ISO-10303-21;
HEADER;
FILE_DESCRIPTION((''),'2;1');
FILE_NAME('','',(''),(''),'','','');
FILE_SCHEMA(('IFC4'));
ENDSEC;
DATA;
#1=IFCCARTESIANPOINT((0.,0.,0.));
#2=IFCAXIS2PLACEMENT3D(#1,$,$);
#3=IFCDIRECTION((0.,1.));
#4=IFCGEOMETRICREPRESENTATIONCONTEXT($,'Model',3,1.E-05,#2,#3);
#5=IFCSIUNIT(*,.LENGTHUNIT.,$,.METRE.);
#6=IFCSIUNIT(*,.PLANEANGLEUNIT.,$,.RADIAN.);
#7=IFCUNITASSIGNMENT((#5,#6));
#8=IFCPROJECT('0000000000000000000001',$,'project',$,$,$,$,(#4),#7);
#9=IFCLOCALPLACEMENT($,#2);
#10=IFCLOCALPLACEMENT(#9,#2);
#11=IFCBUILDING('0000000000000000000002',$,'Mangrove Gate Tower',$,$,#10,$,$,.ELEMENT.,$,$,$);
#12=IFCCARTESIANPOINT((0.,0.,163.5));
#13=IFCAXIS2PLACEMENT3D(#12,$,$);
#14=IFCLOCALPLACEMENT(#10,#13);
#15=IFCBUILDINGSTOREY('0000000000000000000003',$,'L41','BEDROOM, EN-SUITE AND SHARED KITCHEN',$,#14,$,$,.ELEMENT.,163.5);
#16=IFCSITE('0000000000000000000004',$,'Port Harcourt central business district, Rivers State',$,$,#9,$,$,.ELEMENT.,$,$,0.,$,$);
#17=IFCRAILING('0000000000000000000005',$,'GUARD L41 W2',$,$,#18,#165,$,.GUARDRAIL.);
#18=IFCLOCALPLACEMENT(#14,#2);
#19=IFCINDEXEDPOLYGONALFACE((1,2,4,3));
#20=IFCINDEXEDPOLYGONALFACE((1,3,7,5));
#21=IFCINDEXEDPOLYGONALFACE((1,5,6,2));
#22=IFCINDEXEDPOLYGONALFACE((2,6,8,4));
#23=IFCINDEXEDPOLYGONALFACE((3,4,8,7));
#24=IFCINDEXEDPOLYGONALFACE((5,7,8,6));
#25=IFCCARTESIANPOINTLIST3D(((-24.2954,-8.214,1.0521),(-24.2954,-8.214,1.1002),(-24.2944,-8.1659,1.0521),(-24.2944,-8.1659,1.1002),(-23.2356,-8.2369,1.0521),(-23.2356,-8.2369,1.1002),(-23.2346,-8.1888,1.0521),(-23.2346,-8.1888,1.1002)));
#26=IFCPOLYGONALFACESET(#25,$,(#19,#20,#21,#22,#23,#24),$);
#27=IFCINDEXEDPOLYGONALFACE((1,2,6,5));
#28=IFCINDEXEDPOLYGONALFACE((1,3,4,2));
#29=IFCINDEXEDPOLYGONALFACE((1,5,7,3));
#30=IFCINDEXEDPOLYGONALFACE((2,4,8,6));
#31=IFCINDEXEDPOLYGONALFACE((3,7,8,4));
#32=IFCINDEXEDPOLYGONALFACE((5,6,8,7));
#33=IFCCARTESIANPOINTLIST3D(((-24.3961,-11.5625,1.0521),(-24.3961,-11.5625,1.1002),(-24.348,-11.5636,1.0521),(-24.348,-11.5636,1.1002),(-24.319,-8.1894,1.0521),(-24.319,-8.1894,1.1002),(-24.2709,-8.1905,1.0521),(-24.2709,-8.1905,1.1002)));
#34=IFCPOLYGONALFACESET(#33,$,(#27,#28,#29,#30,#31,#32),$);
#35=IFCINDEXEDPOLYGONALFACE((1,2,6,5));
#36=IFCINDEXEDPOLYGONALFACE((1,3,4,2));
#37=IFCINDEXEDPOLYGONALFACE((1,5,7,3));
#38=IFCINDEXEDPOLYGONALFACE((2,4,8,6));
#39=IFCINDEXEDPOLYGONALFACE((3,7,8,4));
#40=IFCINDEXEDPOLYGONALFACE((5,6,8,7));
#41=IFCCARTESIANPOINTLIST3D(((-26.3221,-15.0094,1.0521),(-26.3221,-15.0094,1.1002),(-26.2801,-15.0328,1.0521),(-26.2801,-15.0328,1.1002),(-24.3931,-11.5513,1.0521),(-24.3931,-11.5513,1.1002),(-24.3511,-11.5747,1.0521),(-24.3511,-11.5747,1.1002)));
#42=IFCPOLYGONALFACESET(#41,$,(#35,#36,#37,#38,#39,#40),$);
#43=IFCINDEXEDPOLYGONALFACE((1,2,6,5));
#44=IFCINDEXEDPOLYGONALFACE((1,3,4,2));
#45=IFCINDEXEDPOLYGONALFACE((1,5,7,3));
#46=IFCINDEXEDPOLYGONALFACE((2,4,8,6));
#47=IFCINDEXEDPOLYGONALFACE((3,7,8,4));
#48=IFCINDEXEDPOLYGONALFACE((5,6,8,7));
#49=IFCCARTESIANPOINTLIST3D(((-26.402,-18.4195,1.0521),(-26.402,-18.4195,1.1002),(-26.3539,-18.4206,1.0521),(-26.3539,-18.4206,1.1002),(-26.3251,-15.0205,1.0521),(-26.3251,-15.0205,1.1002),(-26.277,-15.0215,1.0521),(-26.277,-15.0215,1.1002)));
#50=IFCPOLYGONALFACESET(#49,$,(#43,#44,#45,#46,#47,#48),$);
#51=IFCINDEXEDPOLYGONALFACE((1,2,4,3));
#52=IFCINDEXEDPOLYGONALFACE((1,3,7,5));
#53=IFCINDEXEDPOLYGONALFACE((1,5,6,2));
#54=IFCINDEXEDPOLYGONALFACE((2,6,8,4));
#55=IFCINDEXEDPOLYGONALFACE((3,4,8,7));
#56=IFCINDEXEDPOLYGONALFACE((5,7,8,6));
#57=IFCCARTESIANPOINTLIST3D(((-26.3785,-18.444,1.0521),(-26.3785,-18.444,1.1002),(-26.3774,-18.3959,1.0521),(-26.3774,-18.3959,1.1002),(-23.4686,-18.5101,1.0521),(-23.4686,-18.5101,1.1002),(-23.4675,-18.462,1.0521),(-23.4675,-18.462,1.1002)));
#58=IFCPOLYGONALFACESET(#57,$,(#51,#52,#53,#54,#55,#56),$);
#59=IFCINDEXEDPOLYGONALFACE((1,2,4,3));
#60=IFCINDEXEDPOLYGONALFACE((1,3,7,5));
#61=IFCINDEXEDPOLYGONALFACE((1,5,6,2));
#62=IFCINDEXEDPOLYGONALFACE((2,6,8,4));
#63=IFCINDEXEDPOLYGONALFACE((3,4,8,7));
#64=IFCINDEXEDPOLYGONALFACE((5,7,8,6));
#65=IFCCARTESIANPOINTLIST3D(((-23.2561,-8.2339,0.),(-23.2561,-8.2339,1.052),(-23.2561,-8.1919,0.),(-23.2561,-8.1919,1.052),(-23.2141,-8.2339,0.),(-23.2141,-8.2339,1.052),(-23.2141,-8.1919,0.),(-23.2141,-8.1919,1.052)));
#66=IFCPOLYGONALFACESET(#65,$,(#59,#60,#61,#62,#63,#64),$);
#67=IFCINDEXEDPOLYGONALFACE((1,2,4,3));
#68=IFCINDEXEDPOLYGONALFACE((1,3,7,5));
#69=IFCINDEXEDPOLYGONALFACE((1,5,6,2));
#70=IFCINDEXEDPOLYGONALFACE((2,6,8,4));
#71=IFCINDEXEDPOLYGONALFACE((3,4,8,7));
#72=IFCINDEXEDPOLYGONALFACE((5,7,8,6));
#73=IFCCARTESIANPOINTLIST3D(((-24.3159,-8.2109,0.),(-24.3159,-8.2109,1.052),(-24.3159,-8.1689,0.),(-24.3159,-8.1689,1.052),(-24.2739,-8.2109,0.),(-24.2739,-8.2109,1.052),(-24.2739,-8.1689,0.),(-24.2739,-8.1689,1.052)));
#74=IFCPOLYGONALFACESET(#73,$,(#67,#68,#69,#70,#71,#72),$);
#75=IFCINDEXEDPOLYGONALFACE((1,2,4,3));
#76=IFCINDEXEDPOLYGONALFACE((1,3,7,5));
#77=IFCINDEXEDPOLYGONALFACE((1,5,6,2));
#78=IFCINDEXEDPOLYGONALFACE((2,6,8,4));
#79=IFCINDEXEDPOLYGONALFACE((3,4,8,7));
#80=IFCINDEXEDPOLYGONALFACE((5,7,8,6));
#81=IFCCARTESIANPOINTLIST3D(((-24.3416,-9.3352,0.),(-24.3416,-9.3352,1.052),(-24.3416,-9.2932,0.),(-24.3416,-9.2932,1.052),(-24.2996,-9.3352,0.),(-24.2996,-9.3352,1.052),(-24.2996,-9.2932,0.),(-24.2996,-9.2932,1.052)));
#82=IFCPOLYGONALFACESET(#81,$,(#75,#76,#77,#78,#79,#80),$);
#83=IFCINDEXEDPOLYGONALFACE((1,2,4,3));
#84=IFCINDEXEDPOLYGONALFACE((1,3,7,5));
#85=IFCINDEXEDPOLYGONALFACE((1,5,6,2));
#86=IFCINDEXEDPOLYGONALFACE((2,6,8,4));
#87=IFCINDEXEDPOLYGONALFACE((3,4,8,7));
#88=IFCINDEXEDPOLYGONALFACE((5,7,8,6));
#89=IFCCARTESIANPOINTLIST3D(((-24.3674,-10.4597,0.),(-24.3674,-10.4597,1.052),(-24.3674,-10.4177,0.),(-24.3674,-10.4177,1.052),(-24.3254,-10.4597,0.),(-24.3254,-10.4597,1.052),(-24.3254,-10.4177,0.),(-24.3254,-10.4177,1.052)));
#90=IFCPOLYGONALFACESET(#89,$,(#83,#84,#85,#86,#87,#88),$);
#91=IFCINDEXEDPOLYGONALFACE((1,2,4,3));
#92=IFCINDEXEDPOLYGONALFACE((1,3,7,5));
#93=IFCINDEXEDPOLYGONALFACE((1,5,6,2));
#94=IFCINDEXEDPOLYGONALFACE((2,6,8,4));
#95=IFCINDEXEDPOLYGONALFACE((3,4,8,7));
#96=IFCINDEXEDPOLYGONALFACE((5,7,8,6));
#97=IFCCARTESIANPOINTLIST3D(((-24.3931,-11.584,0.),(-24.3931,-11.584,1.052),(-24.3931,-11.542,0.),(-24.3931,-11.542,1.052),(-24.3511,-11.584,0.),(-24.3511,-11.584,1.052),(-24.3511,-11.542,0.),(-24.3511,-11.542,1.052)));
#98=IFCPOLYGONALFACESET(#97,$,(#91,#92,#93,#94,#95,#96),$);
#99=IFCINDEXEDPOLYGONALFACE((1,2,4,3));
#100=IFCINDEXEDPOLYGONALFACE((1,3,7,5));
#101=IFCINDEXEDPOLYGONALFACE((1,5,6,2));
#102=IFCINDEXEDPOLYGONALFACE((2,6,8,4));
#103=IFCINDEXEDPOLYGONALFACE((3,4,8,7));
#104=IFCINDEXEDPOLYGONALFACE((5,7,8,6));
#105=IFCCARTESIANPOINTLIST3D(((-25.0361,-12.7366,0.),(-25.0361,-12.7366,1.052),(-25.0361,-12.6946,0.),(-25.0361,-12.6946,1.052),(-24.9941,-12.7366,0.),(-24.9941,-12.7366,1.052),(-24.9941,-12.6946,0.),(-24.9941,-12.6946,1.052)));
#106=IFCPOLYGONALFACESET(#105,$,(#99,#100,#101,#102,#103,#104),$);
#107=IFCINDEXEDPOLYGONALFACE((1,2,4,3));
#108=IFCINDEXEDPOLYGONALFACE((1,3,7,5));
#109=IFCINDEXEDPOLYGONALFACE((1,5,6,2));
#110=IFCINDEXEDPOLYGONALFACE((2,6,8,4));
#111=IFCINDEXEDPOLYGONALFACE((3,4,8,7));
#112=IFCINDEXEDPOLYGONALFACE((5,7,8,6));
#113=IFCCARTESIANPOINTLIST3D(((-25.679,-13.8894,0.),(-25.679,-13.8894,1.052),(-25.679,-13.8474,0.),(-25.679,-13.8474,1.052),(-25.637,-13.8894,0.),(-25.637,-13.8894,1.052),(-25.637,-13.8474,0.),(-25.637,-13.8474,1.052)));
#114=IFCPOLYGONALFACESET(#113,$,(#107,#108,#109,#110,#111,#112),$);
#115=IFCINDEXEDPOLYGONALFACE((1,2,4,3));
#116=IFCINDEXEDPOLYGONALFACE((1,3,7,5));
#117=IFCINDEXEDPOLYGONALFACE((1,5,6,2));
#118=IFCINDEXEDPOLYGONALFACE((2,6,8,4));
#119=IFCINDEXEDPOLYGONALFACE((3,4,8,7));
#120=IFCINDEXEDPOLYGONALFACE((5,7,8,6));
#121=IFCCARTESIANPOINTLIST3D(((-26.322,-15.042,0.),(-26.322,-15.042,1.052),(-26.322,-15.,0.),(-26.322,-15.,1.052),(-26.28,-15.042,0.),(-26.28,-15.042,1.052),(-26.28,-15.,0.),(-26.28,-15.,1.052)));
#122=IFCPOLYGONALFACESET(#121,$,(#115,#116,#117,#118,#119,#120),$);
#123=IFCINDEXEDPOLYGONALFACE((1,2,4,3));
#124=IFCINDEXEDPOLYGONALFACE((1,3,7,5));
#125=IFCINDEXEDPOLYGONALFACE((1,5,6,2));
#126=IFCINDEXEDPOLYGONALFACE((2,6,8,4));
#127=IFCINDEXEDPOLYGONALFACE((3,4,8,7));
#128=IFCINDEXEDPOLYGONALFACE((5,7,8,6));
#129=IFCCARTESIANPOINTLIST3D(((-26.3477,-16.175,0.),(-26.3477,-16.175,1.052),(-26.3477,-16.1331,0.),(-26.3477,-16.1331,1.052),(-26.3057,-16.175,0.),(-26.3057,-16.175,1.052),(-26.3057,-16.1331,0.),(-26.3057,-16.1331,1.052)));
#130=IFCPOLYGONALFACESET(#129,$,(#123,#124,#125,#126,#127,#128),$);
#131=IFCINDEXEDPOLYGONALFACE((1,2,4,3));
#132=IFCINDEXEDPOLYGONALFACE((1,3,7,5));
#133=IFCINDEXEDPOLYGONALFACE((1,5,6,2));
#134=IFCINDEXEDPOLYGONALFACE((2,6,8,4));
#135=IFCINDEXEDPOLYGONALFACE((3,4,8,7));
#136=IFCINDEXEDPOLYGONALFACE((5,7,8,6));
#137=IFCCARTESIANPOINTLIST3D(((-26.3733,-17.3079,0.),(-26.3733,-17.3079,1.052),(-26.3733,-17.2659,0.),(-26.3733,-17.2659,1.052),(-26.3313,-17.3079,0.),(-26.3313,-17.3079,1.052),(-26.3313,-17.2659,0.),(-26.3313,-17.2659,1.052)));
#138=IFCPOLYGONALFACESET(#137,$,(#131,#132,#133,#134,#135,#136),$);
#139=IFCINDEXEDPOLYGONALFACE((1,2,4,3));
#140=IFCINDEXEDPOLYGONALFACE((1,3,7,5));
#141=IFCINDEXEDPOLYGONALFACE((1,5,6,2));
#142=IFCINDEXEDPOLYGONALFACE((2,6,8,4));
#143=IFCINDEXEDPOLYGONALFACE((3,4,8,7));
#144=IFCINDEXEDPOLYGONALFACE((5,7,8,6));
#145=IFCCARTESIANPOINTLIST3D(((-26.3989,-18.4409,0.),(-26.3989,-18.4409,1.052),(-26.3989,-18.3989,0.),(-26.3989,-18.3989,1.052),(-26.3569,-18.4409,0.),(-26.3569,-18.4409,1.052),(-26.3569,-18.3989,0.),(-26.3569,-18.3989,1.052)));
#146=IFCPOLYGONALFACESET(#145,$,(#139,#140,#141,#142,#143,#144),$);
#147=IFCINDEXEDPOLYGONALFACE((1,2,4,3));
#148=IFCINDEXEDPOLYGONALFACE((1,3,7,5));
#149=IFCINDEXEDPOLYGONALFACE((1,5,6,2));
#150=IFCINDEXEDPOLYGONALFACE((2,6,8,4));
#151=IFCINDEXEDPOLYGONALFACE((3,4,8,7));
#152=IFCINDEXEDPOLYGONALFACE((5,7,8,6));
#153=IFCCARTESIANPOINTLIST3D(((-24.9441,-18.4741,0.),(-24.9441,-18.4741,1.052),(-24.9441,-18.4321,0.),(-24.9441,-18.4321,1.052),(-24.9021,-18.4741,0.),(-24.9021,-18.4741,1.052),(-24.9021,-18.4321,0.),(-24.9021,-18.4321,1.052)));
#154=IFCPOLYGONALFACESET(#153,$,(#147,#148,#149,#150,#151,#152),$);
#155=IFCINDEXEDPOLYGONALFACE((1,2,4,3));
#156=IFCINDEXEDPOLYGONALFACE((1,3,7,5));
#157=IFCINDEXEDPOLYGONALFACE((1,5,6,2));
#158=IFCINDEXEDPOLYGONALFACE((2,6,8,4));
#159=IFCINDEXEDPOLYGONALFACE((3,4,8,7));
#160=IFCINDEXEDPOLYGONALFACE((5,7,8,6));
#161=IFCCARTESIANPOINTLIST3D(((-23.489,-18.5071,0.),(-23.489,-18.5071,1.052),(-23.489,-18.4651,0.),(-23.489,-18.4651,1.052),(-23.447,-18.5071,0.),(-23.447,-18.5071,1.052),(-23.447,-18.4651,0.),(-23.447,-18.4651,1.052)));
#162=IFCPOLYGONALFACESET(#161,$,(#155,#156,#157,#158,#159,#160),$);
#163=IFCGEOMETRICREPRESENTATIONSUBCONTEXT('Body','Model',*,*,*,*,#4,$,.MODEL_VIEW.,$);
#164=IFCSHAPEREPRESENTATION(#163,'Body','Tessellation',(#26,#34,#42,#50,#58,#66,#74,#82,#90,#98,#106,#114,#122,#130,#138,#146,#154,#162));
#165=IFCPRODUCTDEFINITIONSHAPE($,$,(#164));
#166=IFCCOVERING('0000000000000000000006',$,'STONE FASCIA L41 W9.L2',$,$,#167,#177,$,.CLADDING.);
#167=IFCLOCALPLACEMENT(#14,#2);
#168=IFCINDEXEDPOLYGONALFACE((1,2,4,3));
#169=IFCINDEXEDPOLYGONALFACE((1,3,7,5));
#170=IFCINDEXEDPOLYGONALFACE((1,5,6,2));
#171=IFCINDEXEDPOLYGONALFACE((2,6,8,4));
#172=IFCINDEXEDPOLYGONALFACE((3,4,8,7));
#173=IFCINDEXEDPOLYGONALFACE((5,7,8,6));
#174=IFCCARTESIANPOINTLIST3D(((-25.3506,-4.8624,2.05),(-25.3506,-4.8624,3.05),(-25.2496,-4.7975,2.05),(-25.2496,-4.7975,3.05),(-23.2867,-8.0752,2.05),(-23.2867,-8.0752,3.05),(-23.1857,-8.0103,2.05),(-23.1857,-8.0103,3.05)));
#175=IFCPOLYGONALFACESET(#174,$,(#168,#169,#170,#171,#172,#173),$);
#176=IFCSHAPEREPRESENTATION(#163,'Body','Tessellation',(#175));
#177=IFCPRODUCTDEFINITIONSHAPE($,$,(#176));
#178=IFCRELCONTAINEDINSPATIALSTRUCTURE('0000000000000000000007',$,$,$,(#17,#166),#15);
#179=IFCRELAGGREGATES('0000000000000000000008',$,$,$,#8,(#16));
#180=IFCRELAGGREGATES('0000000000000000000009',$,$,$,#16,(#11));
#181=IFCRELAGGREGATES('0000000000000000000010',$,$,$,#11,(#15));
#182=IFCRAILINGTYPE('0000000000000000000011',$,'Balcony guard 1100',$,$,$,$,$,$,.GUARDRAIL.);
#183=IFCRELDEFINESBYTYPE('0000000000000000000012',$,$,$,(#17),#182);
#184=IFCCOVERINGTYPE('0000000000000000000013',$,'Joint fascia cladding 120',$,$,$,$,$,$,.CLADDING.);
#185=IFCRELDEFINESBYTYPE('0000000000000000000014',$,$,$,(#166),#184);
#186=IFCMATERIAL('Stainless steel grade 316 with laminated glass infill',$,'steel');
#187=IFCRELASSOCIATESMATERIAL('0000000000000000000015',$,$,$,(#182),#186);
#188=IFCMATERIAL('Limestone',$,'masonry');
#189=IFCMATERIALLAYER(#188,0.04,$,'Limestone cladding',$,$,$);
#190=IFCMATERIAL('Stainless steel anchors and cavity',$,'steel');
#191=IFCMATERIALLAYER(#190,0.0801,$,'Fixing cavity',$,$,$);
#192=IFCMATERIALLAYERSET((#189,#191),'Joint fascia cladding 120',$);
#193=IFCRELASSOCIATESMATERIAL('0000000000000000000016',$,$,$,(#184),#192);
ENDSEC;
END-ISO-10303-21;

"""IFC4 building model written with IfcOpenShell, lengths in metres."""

from ifc_helpers import new_model, si_unit, direction, frame, frame_2d, origin, origin_2d, place, context, subcontext, project, spatial, rectangle, extrude, material, layer, layer_set, type_object, element, save


model = new_model("IFC4")

# Units and contexts
model_context = context("Model", 3, precision=1e-05, world=origin(), true_north=direction((0.0, 1.0)))
body_context = subcontext(model_context, "Body", "Model", "MODEL_VIEW")
ifc_project = project(units=[si_unit("LENGTHUNIT", "METRE"), si_unit("PLANEANGLEUNIT", "RADIAN")], contexts=[model_context])

# Site, building, storey
site_placement = place(None, origin())
site = spatial("IfcSite", under=ifc_project, at=site_placement, Name="Port Harcourt central business district, Rivers State", CompositionType="ELEMENT", RefElevation=0.0)
building_placement = place(site_placement, origin())
building = spatial("IfcBuilding", under=site, at=building_placement, Name="Mangrove Gate Tower", CompositionType="ELEMENT")
storey_placement = place(building_placement, frame((0.0, 0.0, 163.5)))
storey = spatial("IfcBuildingStorey", under=building, at=storey_placement, Name="L41", Description="BEDROOM, EN-SUITE AND SHARED KITCHEN", CompositionType="ELEMENT", Elevation=163.5)

# Shared definitions
ifc_material_1 = material(Name="Limestone", Category="masonry")

# Railing
ifc_material_2 = material(Name="Stainless steel grade 316 with laminated glass infill", Category="steel")
railing_type = type_object("IfcRailingType", Name="Balcony guard 1100", PredefinedType="GUARDRAIL", material=ifc_material_2)
railing_placement = place(storey_placement, frame((-23.2351, -8.2129, 0.0)))
element("IfcRailing", 1, at=railing_placement, inside=storey, type_object=railing_type, Name="GUARD L41 W2", PredefinedType="GUARDRAIL", context=body_context, shape_type="SweptSolid", body=[
    extrude(rectangle(XDim=0.0481, YDim=0.0481, at=origin_2d()), frame((0.0, 0.0, 1.0762), z_axis=(-0.999766, 0.021649, 0.0), x_axis=(-0.021649, -0.999766, 0.0)), (0.0, 0.0, 1.0), 1.0601),
    extrude(rectangle(XDim=0.0481, YDim=0.0481, at=origin_2d()), frame((-1.0598, 0.0229, 1.0762), z_axis=(-0.022866, -0.999739, 0.0), x_axis=(0.999739, -0.022866, 0.0)), (0.0, 0.0, 1.0), 3.374),
    extrude(rectangle(XDim=0.0481, YDim=0.0481, at=origin_2d()), frame((-1.137, -3.3501, 1.0762), z_axis=(-0.487155, -0.873315, 0.0), x_axis=(0.873315, -0.487155, 0.0)), (0.0, 0.0, 1.0), 3.9597),
    extrude(rectangle(XDim=0.0481, YDim=0.0481, at=origin_2d()), frame((-3.0659, -6.8081, 1.0762), z_axis=(-0.02262, -0.999744, 0.0), x_axis=(0.999744, -0.02262, 0.0)), (0.0, 0.0, 1.0), 3.3999),
    extrude(rectangle(XDim=0.0481, YDim=0.0481, at=origin_2d()), frame((-3.1428, -10.207, 1.0762), z_axis=(0.999742, -0.022731, 0.0), x_axis=(0.022731, 0.999742, 0.0)), (0.0, 0.0, 1.0), 2.9106),
    extrude(rectangle(XDim=0.042, YDim=0.042, at=origin_2d()), origin(), (0.0, 0.0, 1.0), 1.052),
    extrude(rectangle(XDim=0.042, YDim=0.042, at=origin_2d()), frame((-1.0598, 0.0229, 0.0)), (0.0, 0.0, 1.0), 1.052),
    extrude(rectangle(XDim=0.042, YDim=0.042, at=origin_2d()), frame((-1.0854, -1.1013, 0.0)), (0.0, 0.0, 1.0), 1.052),
    extrude(rectangle(XDim=0.042, YDim=0.042, at=origin_2d()), frame((-1.1113, -2.2258, 0.0)), (0.0, 0.0, 1.0), 1.052),
    extrude(rectangle(XDim=0.042, YDim=0.042, at=origin_2d()), frame((-1.137, -3.3501, 0.0)), (0.0, 0.0, 1.0), 1.052),
    extrude(rectangle(XDim=0.042, YDim=0.042, at=origin_2d()), frame((-1.78, -4.5027, 0.0)), (0.0, 0.0, 1.0), 1.052),
    extrude(rectangle(XDim=0.042, YDim=0.042, at=origin_2d()), frame((-2.4229, -5.6555, 0.0)), (0.0, 0.0, 1.0), 1.052),
    extrude(rectangle(XDim=0.042, YDim=0.042, at=origin_2d()), frame((-3.0659, -6.8081, 0.0)), (0.0, 0.0, 1.0), 1.052),
    extrude(rectangle(XDim=0.042, YDim=0.042, at=origin_2d()), frame((-3.0916, -7.9412, 0.0)), (0.0, 0.0, 1.0), 1.052),
    extrude(rectangle(XDim=0.042, YDim=0.042, at=origin_2d()), frame((-3.1172, -9.074, 0.0)), (0.0, 0.0, 1.0), 1.052),
    extrude(rectangle(XDim=0.042, YDim=0.042, at=origin_2d()), frame((-3.1428, -10.207, 0.0)), (0.0, 0.0, 1.0), 1.052),
    extrude(rectangle(XDim=0.042, YDim=0.042, at=origin_2d()), frame((-1.688, -10.2402, 0.0)), (0.0, 0.0, 1.0), 1.052),
    extrude(rectangle(XDim=0.042, YDim=0.042, at=origin_2d()), frame((-0.2329, -10.2732, 0.0)), (0.0, 0.0, 1.0), 1.052),
])

# Covering
ifc_layer_1 = layer(ifc_material_1, 0.04, Name="Limestone cladding")
ifc_material_3 = material(Name="Stainless steel anchors and cavity", Category="steel")
ifc_layer_2 = layer(ifc_material_3, 0.0801, Name="Fixing cavity")
ifc_layer_set_1 = layer_set([ifc_layer_1, ifc_layer_2], Name="Joint fascia cladding 120")
covering_type = type_object("IfcCoveringType", Name="Joint fascia cladding 120", PredefinedType="CLADDING", material=ifc_layer_set_1)
covering_placement = place(storey_placement, frame((-25.3, -4.8301, 2.05), z_axis=(0.0, 0.0, 1.0), x_axis=(0.540486, -0.841353, 0.0)))
element("IfcCovering", 2, at=covering_placement, inside=storey, type_object=covering_type, Name="STONE FASCIA L41 W9.L2", PredefinedType="CLADDING", context=body_context, shape_type="SweptSolid", body=[
    extrude(rectangle(XDim=3.8186, YDim=0.1201, at=frame_2d((1.9092, 0.0))), origin(), (0.0, 0.0, 1.0), 1.0),
])

save(model, "model.ifc")
